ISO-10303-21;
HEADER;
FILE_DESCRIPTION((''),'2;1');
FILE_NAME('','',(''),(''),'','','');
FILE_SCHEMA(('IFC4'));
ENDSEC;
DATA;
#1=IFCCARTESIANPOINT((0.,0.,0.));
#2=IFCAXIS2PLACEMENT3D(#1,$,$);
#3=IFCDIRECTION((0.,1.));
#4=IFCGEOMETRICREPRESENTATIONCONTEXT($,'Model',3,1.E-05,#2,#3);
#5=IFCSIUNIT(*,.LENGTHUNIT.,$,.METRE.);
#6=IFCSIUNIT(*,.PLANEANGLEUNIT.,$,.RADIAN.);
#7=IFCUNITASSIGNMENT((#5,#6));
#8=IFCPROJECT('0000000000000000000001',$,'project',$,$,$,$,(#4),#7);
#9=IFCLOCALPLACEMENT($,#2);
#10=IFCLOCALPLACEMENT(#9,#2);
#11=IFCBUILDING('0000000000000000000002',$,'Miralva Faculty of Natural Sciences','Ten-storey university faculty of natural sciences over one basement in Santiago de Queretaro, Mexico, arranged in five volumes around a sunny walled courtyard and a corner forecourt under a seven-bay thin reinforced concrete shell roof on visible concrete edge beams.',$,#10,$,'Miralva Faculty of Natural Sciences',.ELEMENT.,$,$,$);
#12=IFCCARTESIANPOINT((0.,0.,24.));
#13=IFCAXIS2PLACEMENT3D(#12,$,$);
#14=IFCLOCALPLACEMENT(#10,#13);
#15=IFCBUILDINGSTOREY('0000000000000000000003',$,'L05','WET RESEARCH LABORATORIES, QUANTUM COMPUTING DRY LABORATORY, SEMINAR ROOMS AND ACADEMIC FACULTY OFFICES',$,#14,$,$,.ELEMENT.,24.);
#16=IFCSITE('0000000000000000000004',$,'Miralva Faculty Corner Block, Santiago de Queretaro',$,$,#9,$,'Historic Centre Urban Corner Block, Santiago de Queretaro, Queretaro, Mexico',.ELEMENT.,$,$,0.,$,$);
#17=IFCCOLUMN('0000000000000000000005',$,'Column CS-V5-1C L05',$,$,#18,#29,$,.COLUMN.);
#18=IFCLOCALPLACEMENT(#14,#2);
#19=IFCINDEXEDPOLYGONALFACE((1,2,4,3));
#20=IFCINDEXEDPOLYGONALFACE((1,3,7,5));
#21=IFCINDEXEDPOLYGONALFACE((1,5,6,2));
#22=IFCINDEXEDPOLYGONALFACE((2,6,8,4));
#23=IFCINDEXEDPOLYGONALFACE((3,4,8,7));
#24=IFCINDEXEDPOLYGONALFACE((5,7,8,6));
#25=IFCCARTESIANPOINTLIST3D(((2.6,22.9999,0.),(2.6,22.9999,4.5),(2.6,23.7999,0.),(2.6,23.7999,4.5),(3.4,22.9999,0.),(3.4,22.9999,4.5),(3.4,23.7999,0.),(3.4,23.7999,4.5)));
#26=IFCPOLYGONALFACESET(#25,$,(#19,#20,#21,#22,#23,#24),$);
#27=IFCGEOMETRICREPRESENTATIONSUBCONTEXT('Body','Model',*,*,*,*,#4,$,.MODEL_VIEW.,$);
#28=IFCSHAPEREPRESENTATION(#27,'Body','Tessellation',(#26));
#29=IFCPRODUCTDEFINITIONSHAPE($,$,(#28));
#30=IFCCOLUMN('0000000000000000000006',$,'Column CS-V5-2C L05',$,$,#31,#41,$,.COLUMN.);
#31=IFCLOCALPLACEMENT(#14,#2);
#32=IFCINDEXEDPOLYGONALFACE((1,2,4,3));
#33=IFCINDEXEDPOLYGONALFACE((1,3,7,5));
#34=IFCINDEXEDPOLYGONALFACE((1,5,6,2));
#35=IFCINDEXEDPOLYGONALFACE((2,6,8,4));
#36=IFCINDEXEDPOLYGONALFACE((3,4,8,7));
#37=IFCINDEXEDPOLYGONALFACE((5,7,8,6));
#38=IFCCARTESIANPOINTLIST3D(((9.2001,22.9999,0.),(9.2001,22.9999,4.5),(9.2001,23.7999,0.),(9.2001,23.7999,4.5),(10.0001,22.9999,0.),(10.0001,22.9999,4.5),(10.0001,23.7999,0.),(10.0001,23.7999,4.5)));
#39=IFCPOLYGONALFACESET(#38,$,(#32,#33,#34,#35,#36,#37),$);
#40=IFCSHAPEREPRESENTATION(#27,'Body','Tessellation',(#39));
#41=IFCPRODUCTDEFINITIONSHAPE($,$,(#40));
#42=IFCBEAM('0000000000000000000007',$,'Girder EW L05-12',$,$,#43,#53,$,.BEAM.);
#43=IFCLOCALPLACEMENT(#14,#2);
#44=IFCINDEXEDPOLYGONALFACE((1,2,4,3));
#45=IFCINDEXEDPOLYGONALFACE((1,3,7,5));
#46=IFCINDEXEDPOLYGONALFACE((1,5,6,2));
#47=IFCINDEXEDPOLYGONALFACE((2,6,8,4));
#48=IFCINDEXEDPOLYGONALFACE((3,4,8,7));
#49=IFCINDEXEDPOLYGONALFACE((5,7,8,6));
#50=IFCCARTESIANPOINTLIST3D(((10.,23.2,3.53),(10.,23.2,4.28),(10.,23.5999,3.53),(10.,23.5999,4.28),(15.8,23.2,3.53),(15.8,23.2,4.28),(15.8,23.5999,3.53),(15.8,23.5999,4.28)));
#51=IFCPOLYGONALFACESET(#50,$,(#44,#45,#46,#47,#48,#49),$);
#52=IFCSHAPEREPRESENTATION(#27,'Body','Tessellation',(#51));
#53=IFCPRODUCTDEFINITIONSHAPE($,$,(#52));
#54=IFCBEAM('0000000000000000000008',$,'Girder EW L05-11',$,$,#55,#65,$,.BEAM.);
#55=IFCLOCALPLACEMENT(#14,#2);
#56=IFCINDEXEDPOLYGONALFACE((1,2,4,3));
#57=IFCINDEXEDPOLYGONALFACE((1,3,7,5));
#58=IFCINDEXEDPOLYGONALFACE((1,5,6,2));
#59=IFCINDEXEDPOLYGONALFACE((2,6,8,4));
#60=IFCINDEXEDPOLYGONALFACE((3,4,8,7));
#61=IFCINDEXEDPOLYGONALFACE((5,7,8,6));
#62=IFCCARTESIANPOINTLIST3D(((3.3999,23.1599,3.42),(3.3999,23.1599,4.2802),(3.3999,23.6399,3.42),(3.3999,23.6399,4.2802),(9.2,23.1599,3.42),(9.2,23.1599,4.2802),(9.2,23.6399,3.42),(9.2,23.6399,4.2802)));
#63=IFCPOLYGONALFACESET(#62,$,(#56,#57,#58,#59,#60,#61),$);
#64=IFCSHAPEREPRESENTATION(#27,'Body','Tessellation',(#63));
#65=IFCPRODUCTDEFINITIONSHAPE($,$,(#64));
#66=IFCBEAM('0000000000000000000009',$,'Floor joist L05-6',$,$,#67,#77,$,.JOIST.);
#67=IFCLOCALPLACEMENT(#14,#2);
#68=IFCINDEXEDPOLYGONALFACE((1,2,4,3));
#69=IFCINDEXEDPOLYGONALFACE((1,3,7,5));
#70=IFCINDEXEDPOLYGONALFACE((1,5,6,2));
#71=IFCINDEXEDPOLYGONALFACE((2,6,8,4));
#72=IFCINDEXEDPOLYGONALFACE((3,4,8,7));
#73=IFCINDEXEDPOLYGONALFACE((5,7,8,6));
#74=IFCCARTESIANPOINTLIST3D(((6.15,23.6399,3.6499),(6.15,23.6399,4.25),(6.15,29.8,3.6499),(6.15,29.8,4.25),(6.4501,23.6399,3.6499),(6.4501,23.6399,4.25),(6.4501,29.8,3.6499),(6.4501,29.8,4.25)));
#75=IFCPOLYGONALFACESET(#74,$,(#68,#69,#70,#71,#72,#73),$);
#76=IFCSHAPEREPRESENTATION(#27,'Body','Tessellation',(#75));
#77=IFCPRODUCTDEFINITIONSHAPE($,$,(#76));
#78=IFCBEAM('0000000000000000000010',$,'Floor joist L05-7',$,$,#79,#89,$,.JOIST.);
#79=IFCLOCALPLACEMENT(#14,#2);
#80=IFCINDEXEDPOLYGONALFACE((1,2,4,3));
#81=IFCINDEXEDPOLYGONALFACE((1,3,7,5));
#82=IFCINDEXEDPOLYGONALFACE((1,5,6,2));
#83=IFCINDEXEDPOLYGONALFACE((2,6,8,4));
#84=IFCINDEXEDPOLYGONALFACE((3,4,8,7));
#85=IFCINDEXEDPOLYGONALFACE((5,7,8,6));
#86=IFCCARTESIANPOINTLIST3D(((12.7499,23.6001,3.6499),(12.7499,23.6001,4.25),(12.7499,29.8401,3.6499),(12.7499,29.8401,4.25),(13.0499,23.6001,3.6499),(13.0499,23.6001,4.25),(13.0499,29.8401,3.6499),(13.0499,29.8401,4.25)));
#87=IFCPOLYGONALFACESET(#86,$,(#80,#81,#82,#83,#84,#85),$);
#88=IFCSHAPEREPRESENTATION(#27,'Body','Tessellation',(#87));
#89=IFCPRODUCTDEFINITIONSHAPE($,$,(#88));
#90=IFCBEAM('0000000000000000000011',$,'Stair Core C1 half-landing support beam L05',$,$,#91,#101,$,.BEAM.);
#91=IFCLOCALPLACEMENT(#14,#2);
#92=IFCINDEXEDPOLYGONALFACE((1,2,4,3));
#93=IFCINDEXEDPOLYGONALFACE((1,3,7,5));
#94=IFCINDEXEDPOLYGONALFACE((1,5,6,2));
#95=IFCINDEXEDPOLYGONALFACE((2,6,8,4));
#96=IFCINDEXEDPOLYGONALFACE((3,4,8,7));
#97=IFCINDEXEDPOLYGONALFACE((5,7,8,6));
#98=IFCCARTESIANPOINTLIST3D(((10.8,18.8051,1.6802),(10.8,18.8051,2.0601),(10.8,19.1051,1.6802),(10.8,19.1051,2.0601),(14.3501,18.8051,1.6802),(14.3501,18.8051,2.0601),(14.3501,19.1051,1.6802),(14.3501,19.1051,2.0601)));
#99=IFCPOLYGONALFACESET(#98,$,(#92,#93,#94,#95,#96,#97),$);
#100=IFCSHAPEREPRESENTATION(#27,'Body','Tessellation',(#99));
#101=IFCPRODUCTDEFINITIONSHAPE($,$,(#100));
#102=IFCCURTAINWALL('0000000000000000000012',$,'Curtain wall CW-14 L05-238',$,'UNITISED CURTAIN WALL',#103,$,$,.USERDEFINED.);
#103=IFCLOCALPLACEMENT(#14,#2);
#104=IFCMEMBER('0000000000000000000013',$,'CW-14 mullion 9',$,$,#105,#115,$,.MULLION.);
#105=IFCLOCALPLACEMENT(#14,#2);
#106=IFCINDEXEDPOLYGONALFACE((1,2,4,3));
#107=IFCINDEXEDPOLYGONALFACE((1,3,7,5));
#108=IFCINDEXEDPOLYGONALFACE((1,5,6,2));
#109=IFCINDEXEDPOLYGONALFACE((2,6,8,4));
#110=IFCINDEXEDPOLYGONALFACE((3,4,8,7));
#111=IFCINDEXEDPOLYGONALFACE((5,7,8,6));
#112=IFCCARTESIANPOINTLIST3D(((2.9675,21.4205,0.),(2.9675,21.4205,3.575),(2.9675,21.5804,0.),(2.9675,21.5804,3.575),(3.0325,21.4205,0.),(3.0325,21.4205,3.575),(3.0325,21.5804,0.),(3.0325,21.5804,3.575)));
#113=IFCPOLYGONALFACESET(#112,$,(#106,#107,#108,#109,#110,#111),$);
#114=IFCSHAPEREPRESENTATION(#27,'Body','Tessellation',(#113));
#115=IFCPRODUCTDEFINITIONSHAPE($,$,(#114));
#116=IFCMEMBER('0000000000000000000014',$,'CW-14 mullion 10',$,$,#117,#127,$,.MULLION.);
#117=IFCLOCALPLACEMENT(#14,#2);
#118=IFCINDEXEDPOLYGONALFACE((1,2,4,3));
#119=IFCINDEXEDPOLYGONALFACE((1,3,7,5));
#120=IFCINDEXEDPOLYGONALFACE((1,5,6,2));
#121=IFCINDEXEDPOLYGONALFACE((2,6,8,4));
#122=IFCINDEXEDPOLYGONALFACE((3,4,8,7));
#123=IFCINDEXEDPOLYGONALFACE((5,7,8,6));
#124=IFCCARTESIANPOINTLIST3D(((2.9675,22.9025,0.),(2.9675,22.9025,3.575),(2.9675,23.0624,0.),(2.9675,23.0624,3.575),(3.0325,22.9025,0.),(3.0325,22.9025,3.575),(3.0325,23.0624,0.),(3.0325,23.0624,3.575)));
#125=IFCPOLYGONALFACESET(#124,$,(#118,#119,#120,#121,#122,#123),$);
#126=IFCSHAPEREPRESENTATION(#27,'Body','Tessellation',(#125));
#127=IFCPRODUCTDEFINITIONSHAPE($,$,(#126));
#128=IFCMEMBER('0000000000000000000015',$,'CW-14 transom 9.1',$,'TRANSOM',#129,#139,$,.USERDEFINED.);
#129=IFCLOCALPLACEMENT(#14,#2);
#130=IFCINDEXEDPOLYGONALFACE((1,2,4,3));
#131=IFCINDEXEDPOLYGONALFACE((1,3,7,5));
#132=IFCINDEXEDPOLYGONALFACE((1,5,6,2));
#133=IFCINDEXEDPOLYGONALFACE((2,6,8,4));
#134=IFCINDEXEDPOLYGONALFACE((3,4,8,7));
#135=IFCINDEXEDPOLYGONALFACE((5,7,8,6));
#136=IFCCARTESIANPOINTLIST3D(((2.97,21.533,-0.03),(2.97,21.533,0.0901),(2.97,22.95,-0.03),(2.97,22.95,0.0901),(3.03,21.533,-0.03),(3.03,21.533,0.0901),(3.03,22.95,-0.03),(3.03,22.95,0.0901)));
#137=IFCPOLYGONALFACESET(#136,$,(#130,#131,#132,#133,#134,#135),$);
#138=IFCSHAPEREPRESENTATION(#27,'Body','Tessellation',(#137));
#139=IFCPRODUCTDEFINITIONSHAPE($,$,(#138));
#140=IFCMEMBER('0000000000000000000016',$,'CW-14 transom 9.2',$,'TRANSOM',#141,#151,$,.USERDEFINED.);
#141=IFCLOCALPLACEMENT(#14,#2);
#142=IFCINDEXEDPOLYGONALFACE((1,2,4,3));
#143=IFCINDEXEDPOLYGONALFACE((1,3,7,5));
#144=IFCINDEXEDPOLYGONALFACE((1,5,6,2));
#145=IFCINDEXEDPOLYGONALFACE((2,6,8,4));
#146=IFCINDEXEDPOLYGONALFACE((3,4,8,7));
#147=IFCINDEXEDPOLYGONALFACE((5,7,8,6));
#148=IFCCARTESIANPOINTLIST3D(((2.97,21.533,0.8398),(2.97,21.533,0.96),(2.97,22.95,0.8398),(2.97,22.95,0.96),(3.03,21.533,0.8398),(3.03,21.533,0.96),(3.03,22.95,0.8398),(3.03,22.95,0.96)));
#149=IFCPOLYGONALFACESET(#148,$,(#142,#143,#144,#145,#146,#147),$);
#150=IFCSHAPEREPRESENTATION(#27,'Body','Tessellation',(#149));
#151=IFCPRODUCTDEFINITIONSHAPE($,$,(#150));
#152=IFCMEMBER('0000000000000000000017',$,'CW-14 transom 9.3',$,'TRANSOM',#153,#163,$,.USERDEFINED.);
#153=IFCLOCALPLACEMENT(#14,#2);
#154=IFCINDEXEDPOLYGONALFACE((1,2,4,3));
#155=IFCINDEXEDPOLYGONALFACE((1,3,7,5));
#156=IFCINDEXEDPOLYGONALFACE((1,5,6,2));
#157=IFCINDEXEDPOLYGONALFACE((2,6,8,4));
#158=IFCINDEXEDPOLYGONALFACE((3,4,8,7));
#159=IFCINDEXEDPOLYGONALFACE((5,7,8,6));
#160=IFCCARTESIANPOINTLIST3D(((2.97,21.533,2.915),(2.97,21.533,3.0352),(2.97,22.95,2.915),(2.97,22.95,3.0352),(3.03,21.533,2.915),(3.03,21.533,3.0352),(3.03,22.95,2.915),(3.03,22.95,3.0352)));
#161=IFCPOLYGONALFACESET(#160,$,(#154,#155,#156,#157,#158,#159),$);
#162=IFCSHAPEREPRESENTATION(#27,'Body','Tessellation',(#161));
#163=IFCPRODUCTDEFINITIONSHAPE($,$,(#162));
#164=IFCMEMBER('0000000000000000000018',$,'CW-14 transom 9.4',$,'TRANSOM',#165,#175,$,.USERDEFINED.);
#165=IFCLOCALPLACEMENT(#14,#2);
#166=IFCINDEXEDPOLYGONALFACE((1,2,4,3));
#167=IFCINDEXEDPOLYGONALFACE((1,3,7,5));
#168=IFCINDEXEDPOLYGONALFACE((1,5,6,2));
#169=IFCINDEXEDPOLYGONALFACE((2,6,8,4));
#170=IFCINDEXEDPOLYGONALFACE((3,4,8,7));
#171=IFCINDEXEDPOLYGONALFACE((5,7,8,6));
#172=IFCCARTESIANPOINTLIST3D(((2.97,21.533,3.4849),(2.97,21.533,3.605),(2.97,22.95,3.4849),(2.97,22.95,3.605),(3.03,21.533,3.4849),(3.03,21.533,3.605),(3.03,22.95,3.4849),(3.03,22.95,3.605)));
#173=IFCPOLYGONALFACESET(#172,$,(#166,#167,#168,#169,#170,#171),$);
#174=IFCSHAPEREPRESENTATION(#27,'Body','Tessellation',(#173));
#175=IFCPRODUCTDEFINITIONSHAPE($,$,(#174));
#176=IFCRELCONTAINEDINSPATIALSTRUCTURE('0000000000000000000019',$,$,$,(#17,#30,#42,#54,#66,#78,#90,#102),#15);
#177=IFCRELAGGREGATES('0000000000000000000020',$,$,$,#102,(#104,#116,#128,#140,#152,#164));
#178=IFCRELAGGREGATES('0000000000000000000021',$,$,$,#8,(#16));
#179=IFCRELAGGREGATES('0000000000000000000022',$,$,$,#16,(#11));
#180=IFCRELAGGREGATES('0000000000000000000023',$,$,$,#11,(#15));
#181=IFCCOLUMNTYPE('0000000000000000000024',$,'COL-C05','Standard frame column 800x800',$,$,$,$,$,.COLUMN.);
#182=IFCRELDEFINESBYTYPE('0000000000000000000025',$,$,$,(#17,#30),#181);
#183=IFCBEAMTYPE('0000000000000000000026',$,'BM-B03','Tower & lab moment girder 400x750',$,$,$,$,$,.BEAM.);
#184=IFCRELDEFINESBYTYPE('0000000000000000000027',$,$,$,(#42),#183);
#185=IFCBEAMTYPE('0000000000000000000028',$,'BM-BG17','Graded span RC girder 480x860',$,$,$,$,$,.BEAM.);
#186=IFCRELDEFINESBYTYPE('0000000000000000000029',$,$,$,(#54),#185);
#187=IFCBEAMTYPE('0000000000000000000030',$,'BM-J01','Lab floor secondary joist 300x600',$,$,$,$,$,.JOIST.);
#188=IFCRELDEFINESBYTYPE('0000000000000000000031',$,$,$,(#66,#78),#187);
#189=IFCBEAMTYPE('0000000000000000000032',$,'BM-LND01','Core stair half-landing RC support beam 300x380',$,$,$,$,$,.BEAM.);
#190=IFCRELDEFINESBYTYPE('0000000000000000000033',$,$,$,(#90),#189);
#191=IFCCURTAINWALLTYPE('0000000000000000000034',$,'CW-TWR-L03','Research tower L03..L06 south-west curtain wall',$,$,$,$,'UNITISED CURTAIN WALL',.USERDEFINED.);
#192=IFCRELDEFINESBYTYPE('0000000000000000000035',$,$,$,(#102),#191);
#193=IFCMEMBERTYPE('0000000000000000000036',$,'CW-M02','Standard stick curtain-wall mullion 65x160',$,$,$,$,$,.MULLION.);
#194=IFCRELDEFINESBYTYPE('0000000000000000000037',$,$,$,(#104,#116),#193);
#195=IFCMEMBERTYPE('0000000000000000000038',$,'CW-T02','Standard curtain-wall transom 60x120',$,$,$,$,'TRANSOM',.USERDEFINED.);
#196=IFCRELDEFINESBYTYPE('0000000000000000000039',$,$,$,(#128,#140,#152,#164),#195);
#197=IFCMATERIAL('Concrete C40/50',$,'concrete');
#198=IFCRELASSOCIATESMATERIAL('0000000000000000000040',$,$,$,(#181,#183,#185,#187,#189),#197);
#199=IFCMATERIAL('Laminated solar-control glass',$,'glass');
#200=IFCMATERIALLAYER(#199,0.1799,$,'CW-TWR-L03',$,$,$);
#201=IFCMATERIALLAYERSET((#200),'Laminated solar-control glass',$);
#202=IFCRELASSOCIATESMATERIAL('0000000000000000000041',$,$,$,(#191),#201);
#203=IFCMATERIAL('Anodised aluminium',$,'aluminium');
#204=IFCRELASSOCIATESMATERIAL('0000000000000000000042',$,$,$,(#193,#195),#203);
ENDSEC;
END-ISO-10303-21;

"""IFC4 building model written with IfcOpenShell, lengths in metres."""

from ifc_helpers import new_model, si_unit, direction, frame, origin, origin_2d, place, context, subcontext, project, spatial, rectangle, extrude, material, layer, layer_set, material_profile, profile_set, type_object, element, aggregate, save


model = new_model("IFC4")

# Units and contexts
model_context = context("Model", 3, precision=1e-05, world=origin(), true_north=direction((0.0, 1.0)))
body_context = subcontext(model_context, "Body", "Model", "MODEL_VIEW")
ifc_project = project(units=[si_unit("LENGTHUNIT", "METRE"), si_unit("PLANEANGLEUNIT", "RADIAN")], contexts=[model_context])

# Site, building, storey
site_placement = place(None, origin())
site = spatial("IfcSite", under=ifc_project, at=site_placement, Name="Miralva Faculty Corner Block, Santiago de Queretaro", LongName="Historic Centre Urban Corner Block, Santiago de Queretaro, Queretaro, Mexico", CompositionType="ELEMENT", RefElevation=0.0)
building_placement = place(site_placement, origin())
building = spatial("IfcBuilding", under=site, at=building_placement, Name="Miralva Faculty of Natural Sciences", Description="Ten-storey university faculty of natural sciences over one basement in Santiago de Queretaro, Mexico, arranged in five volumes around a sunny walled courtyard and a corner forecourt under a seven-bay thin reinforced concrete shell roof on visible concrete edge beams.", LongName="Miralva Faculty of Natural Sciences", CompositionType="ELEMENT")
storey_placement = place(building_placement, frame((0.0, 0.0, 24.0)))
storey = spatial("IfcBuildingStorey", under=building, at=storey_placement, Name="L05", Description="WET RESEARCH LABORATORIES, QUANTUM COMPUTING DRY LABORATORY, SEMINAR ROOMS AND ACADEMIC FACULTY OFFICES", CompositionType="ELEMENT", Elevation=24.0)

# Columns
ifc_material_1 = material(Name="Concrete C40/50", Category="concrete")
ifc_material_profile_1 = material_profile(ifc_material_1, rectangle(XDim=0.8, YDim=0.8, at=origin_2d()), Name="RC 800x800")
ifc_profile_set_1 = profile_set([ifc_material_profile_1], Name="Concrete C40/50")
column_type = type_object("IfcColumnType", Name="COL-C05", Description="Standard frame column 800x800", PredefinedType="COLUMN", material=ifc_profile_set_1)
for number, where, z_axis, x_axis, name in (
    (1, (3.0, 23.3999, 0.0), (0.0, 0.0, 1.0), (1.0, 0.0, 0.0), "Column CS-V5-1C L05"),
    (2, (9.6001, 23.3999, 0.0), (0.0, 0.0, 1.0), (1.0, 0.0, 0.0), "Column CS-V5-2C L05"),
):
    element("IfcColumn", number, at=place(storey_placement, frame(where, z_axis=z_axis, x_axis=x_axis)), inside=storey, type_object=column_type, Name=name, PredefinedType="COLUMN", context=body_context, shape_type="SweptSolid", body=[
        extrude(rectangle(XDim=0.8, YDim=0.8, at=origin_2d()), origin(), (0.0, 0.0, 1.0), 4.5),
    ])

# Beams
ifc_material_profile_2 = material_profile(ifc_material_1, rectangle(XDim=0.3999, YDim=0.75, at=origin_2d()), Name="RC 400x750")
ifc_profile_set_2 = profile_set([ifc_material_profile_2], Name="Concrete C40/50")
beam_type_1 = type_object("IfcBeamType", Name="BM-B03", Description="Tower & lab moment girder 400x750", PredefinedType="BEAM", material=ifc_profile_set_2)
beam_1_placement = place(storey_placement, frame((10.0, 23.3999, 3.905), z_axis=(1.0, 0.0, 0.0), x_axis=(0.0, 1.0, 0.0)))
element("IfcBeam", 3, at=beam_1_placement, inside=storey, type_object=beam_type_1, Name="Girder EW L05-12", PredefinedType="BEAM", context=body_context, shape_type="SweptSolid", body=[
    extrude(rectangle(XDim=0.3999, YDim=0.75, at=origin_2d()), origin(), (0.0, 0.0, 1.0), 5.8),
])
ifc_material_profile_3 = material_profile(ifc_material_1, rectangle(XDim=0.48, YDim=0.8601, at=origin_2d()), Name="RC 480x860")
ifc_profile_set_3 = profile_set([ifc_material_profile_3], Name="Concrete C40/50")
beam_type_2 = type_object("IfcBeamType", Name="BM-BG17", Description="Graded span RC girder 480x860", PredefinedType="BEAM", material=ifc_profile_set_3)
beam_2_placement = place(storey_placement, frame((3.3999, 23.3999, 3.8501), z_axis=(1.0, 0.0, 0.0), x_axis=(0.0, 1.0, 0.0)))
element("IfcBeam", 4, at=beam_2_placement, inside=storey, type_object=beam_type_2, Name="Girder EW L05-11", PredefinedType="BEAM", context=body_context, shape_type="SweptSolid", body=[
    extrude(rectangle(XDim=0.48, YDim=0.8601, at=origin_2d()), origin(), (0.0, 0.0, 1.0), 5.8),
])
ifc_material_profile_4 = material_profile(ifc_material_1, rectangle(XDim=0.3, YDim=0.6001, at=origin_2d()), Name="RC 300x600")
ifc_profile_set_4 = profile_set([ifc_material_profile_4], Name="Concrete C40/50")
beam_type_3 = type_object("IfcBeamType", Name="BM-J01", Description="Lab floor secondary joist 300x600", PredefinedType="JOIST", material=ifc_profile_set_4)
beam_3_placement = place(storey_placement, frame((6.3, 23.6399, 3.95), z_axis=(0.0, 1.0, 0.0), x_axis=(-1.0, 0.0, 0.0)))
element("IfcBeam", 5, at=beam_3_placement, inside=storey, type_object=beam_type_3, Name="Floor joist L05-6", PredefinedType="JOIST", context=body_context, shape_type="SweptSolid", body=[
    extrude(rectangle(XDim=0.3, YDim=0.6001, at=origin_2d()), origin(), (0.0, 0.0, 1.0), 6.1602),
])
beam_4_placement = place(storey_placement, frame((12.8999, 23.6001, 3.95), z_axis=(0.0, 1.0, 0.0), x_axis=(-1.0, 0.0, 0.0)))
element("IfcBeam", 6, at=beam_4_placement, inside=storey, type_object=beam_type_3, Name="Floor joist L05-7", PredefinedType="JOIST", context=body_context, shape_type="SweptSolid", body=[
    extrude(rectangle(XDim=0.3, YDim=0.6001, at=origin_2d()), origin(), (0.0, 0.0, 1.0), 6.24),
])
ifc_material_profile_5 = material_profile(ifc_material_1, rectangle(XDim=0.3, YDim=0.3799, at=origin_2d()), Name="RC 300x380")
ifc_profile_set_5 = profile_set([ifc_material_profile_5], Name="Concrete C40/50")
beam_type_4 = type_object("IfcBeamType", Name="BM-LND01", Description="Core stair half-landing RC support beam 300x380", PredefinedType="BEAM", material=ifc_profile_set_5)
beam_5_placement = place(storey_placement, frame((10.8, 18.9551, 1.8701), z_axis=(1.0, 0.0, 0.0), x_axis=(0.0, 1.0, 0.0)))
element("IfcBeam", 7, at=beam_5_placement, inside=storey, type_object=beam_type_4, Name="Stair Core C1 half-landing support beam L05", PredefinedType="BEAM", context=body_context, shape_type="SweptSolid", body=[
    extrude(rectangle(XDim=0.3, YDim=0.3799, at=origin_2d()), origin(), (0.0, 0.0, 1.0), 3.55),
])

# Curtain wall, members
ifc_material_2 = material(Name="Laminated solar-control glass", Category="glass")
ifc_layer_1 = layer(ifc_material_2, 0.1799, Name="CW-TWR-L03")
ifc_layer_set_1 = layer_set([ifc_layer_1], Name="Laminated solar-control glass")
curtain_wall_type = type_object("IfcCurtainWallType", Name="CW-TWR-L03", Description="Research tower L03..L06 south-west curtain wall", ElementType="UNITISED CURTAIN WALL", PredefinedType="USERDEFINED", material=ifc_layer_set_1)
curtain_wall_placement = place(storey_placement, origin())
curtain_wall = element("IfcCurtainWall", 8, at=curtain_wall_placement, inside=storey, type_object=curtain_wall_type, Name="Curtain wall CW-14 L05-238", ObjectType="UNITISED CURTAIN WALL", PredefinedType="USERDEFINED")
ifc_material_3 = material(Name="Anodised aluminium", Category="aluminium")
ifc_material_profile_6 = material_profile(ifc_material_3, rectangle(XDim=0.0649, YDim=0.1599, at=origin_2d()), Name="MULLION 65x160")
ifc_profile_set_6 = profile_set([ifc_material_profile_6], Name="Anodised aluminium")
member_type_1 = type_object("IfcMemberType", Name="CW-M02", Description="Standard stick curtain-wall mullion 65x160", PredefinedType="MULLION", material=ifc_profile_set_6)
member_1_placement = place(storey_placement, frame((3.0, 21.5005, 0.0), z_axis=(0.0, 0.0, 1.0), x_axis=(-1.0, 0.0, 0.0)))
member_1 = element("IfcMember", 9, at=member_1_placement, type_object=member_type_1, Name="CW-14 mullion 9", PredefinedType="MULLION", context=body_context, shape_type="SweptSolid", body=[
    extrude(rectangle(XDim=0.0649, YDim=0.1599, at=origin_2d()), origin(), (0.0, 0.0, 1.0), 3.575),
])
member_2_placement = place(storey_placement, frame((3.0, 22.9824, 0.0), z_axis=(0.0, 0.0, 1.0), x_axis=(-1.0, 0.0, 0.0)))
member_2 = element("IfcMember", 10, at=member_2_placement, type_object=member_type_1, Name="CW-14 mullion 10", PredefinedType="MULLION", context=body_context, shape_type="SweptSolid", body=[
    extrude(rectangle(XDim=0.0649, YDim=0.1599, at=origin_2d()), origin(), (0.0, 0.0, 1.0), 3.575),
])
ifc_material_profile_7 = material_profile(ifc_material_3, rectangle(XDim=0.0601, YDim=0.1201, at=origin_2d()), Name="TRANSOM 60x120")
ifc_profile_set_7 = profile_set([ifc_material_profile_7], Name="Anodised aluminium")
member_type_2 = type_object("IfcMemberType", Name="CW-T02", Description="Standard curtain-wall transom 60x120", ElementType="TRANSOM", PredefinedType="USERDEFINED", material=ifc_profile_set_7)
member_3_placement = place(storey_placement, frame((3.0, 21.533, 0.03), z_axis=(0.0, 1.0, 0.0), x_axis=(-1.0, 0.0, 0.0)))
member_3 = element("IfcMember", 11, at=member_3_placement, type_object=member_type_2, Name="CW-14 transom 9.1", ObjectType="TRANSOM", PredefinedType="USERDEFINED", context=body_context, shape_type="SweptSolid", body=[
    extrude(rectangle(XDim=0.0601, YDim=0.1201, at=origin_2d()), origin(), (0.0, 0.0, 1.0), 1.417),
])
member_4_placement = place(storey_placement, frame((3.0, 21.533, 0.8999), z_axis=(0.0, 1.0, 0.0), x_axis=(-1.0, 0.0, 0.0)))
member_4 = element("IfcMember", 12, at=member_4_placement, type_object=member_type_2, Name="CW-14 transom 9.2", ObjectType="TRANSOM", PredefinedType="USERDEFINED", context=body_context, shape_type="SweptSolid", body=[
    extrude(rectangle(XDim=0.0601, YDim=0.1201, at=origin_2d()), origin(), (0.0, 0.0, 1.0), 1.417),
])
member_5_placement = place(storey_placement, frame((3.0, 21.533, 2.9751), z_axis=(0.0, 1.0, 0.0), x_axis=(-1.0, 0.0, 0.0)))
member_5 = element("IfcMember", 13, at=member_5_placement, type_object=member_type_2, Name="CW-14 transom 9.3", ObjectType="TRANSOM", PredefinedType="USERDEFINED", context=body_context, shape_type="SweptSolid", body=[
    extrude(rectangle(XDim=0.0601, YDim=0.1201, at=origin_2d()), origin(), (0.0, 0.0, 1.0), 1.417),
])
member_6_placement = place(storey_placement, frame((3.0, 21.533, 3.5449), z_axis=(0.0, 1.0, 0.0), x_axis=(-1.0, 0.0, 0.0)))
member_6 = element("IfcMember", 14, at=member_6_placement, type_object=member_type_2, Name="CW-14 transom 9.4", ObjectType="TRANSOM", PredefinedType="USERDEFINED", context=body_context, shape_type="SweptSolid", body=[
    extrude(rectangle(XDim=0.0601, YDim=0.1201, at=origin_2d()), origin(), (0.0, 0.0, 1.0), 1.417),
])
aggregate(curtain_wall, [member_1, member_2, member_3, member_4, member_5, member_6])

save(model, "model.ifc")
